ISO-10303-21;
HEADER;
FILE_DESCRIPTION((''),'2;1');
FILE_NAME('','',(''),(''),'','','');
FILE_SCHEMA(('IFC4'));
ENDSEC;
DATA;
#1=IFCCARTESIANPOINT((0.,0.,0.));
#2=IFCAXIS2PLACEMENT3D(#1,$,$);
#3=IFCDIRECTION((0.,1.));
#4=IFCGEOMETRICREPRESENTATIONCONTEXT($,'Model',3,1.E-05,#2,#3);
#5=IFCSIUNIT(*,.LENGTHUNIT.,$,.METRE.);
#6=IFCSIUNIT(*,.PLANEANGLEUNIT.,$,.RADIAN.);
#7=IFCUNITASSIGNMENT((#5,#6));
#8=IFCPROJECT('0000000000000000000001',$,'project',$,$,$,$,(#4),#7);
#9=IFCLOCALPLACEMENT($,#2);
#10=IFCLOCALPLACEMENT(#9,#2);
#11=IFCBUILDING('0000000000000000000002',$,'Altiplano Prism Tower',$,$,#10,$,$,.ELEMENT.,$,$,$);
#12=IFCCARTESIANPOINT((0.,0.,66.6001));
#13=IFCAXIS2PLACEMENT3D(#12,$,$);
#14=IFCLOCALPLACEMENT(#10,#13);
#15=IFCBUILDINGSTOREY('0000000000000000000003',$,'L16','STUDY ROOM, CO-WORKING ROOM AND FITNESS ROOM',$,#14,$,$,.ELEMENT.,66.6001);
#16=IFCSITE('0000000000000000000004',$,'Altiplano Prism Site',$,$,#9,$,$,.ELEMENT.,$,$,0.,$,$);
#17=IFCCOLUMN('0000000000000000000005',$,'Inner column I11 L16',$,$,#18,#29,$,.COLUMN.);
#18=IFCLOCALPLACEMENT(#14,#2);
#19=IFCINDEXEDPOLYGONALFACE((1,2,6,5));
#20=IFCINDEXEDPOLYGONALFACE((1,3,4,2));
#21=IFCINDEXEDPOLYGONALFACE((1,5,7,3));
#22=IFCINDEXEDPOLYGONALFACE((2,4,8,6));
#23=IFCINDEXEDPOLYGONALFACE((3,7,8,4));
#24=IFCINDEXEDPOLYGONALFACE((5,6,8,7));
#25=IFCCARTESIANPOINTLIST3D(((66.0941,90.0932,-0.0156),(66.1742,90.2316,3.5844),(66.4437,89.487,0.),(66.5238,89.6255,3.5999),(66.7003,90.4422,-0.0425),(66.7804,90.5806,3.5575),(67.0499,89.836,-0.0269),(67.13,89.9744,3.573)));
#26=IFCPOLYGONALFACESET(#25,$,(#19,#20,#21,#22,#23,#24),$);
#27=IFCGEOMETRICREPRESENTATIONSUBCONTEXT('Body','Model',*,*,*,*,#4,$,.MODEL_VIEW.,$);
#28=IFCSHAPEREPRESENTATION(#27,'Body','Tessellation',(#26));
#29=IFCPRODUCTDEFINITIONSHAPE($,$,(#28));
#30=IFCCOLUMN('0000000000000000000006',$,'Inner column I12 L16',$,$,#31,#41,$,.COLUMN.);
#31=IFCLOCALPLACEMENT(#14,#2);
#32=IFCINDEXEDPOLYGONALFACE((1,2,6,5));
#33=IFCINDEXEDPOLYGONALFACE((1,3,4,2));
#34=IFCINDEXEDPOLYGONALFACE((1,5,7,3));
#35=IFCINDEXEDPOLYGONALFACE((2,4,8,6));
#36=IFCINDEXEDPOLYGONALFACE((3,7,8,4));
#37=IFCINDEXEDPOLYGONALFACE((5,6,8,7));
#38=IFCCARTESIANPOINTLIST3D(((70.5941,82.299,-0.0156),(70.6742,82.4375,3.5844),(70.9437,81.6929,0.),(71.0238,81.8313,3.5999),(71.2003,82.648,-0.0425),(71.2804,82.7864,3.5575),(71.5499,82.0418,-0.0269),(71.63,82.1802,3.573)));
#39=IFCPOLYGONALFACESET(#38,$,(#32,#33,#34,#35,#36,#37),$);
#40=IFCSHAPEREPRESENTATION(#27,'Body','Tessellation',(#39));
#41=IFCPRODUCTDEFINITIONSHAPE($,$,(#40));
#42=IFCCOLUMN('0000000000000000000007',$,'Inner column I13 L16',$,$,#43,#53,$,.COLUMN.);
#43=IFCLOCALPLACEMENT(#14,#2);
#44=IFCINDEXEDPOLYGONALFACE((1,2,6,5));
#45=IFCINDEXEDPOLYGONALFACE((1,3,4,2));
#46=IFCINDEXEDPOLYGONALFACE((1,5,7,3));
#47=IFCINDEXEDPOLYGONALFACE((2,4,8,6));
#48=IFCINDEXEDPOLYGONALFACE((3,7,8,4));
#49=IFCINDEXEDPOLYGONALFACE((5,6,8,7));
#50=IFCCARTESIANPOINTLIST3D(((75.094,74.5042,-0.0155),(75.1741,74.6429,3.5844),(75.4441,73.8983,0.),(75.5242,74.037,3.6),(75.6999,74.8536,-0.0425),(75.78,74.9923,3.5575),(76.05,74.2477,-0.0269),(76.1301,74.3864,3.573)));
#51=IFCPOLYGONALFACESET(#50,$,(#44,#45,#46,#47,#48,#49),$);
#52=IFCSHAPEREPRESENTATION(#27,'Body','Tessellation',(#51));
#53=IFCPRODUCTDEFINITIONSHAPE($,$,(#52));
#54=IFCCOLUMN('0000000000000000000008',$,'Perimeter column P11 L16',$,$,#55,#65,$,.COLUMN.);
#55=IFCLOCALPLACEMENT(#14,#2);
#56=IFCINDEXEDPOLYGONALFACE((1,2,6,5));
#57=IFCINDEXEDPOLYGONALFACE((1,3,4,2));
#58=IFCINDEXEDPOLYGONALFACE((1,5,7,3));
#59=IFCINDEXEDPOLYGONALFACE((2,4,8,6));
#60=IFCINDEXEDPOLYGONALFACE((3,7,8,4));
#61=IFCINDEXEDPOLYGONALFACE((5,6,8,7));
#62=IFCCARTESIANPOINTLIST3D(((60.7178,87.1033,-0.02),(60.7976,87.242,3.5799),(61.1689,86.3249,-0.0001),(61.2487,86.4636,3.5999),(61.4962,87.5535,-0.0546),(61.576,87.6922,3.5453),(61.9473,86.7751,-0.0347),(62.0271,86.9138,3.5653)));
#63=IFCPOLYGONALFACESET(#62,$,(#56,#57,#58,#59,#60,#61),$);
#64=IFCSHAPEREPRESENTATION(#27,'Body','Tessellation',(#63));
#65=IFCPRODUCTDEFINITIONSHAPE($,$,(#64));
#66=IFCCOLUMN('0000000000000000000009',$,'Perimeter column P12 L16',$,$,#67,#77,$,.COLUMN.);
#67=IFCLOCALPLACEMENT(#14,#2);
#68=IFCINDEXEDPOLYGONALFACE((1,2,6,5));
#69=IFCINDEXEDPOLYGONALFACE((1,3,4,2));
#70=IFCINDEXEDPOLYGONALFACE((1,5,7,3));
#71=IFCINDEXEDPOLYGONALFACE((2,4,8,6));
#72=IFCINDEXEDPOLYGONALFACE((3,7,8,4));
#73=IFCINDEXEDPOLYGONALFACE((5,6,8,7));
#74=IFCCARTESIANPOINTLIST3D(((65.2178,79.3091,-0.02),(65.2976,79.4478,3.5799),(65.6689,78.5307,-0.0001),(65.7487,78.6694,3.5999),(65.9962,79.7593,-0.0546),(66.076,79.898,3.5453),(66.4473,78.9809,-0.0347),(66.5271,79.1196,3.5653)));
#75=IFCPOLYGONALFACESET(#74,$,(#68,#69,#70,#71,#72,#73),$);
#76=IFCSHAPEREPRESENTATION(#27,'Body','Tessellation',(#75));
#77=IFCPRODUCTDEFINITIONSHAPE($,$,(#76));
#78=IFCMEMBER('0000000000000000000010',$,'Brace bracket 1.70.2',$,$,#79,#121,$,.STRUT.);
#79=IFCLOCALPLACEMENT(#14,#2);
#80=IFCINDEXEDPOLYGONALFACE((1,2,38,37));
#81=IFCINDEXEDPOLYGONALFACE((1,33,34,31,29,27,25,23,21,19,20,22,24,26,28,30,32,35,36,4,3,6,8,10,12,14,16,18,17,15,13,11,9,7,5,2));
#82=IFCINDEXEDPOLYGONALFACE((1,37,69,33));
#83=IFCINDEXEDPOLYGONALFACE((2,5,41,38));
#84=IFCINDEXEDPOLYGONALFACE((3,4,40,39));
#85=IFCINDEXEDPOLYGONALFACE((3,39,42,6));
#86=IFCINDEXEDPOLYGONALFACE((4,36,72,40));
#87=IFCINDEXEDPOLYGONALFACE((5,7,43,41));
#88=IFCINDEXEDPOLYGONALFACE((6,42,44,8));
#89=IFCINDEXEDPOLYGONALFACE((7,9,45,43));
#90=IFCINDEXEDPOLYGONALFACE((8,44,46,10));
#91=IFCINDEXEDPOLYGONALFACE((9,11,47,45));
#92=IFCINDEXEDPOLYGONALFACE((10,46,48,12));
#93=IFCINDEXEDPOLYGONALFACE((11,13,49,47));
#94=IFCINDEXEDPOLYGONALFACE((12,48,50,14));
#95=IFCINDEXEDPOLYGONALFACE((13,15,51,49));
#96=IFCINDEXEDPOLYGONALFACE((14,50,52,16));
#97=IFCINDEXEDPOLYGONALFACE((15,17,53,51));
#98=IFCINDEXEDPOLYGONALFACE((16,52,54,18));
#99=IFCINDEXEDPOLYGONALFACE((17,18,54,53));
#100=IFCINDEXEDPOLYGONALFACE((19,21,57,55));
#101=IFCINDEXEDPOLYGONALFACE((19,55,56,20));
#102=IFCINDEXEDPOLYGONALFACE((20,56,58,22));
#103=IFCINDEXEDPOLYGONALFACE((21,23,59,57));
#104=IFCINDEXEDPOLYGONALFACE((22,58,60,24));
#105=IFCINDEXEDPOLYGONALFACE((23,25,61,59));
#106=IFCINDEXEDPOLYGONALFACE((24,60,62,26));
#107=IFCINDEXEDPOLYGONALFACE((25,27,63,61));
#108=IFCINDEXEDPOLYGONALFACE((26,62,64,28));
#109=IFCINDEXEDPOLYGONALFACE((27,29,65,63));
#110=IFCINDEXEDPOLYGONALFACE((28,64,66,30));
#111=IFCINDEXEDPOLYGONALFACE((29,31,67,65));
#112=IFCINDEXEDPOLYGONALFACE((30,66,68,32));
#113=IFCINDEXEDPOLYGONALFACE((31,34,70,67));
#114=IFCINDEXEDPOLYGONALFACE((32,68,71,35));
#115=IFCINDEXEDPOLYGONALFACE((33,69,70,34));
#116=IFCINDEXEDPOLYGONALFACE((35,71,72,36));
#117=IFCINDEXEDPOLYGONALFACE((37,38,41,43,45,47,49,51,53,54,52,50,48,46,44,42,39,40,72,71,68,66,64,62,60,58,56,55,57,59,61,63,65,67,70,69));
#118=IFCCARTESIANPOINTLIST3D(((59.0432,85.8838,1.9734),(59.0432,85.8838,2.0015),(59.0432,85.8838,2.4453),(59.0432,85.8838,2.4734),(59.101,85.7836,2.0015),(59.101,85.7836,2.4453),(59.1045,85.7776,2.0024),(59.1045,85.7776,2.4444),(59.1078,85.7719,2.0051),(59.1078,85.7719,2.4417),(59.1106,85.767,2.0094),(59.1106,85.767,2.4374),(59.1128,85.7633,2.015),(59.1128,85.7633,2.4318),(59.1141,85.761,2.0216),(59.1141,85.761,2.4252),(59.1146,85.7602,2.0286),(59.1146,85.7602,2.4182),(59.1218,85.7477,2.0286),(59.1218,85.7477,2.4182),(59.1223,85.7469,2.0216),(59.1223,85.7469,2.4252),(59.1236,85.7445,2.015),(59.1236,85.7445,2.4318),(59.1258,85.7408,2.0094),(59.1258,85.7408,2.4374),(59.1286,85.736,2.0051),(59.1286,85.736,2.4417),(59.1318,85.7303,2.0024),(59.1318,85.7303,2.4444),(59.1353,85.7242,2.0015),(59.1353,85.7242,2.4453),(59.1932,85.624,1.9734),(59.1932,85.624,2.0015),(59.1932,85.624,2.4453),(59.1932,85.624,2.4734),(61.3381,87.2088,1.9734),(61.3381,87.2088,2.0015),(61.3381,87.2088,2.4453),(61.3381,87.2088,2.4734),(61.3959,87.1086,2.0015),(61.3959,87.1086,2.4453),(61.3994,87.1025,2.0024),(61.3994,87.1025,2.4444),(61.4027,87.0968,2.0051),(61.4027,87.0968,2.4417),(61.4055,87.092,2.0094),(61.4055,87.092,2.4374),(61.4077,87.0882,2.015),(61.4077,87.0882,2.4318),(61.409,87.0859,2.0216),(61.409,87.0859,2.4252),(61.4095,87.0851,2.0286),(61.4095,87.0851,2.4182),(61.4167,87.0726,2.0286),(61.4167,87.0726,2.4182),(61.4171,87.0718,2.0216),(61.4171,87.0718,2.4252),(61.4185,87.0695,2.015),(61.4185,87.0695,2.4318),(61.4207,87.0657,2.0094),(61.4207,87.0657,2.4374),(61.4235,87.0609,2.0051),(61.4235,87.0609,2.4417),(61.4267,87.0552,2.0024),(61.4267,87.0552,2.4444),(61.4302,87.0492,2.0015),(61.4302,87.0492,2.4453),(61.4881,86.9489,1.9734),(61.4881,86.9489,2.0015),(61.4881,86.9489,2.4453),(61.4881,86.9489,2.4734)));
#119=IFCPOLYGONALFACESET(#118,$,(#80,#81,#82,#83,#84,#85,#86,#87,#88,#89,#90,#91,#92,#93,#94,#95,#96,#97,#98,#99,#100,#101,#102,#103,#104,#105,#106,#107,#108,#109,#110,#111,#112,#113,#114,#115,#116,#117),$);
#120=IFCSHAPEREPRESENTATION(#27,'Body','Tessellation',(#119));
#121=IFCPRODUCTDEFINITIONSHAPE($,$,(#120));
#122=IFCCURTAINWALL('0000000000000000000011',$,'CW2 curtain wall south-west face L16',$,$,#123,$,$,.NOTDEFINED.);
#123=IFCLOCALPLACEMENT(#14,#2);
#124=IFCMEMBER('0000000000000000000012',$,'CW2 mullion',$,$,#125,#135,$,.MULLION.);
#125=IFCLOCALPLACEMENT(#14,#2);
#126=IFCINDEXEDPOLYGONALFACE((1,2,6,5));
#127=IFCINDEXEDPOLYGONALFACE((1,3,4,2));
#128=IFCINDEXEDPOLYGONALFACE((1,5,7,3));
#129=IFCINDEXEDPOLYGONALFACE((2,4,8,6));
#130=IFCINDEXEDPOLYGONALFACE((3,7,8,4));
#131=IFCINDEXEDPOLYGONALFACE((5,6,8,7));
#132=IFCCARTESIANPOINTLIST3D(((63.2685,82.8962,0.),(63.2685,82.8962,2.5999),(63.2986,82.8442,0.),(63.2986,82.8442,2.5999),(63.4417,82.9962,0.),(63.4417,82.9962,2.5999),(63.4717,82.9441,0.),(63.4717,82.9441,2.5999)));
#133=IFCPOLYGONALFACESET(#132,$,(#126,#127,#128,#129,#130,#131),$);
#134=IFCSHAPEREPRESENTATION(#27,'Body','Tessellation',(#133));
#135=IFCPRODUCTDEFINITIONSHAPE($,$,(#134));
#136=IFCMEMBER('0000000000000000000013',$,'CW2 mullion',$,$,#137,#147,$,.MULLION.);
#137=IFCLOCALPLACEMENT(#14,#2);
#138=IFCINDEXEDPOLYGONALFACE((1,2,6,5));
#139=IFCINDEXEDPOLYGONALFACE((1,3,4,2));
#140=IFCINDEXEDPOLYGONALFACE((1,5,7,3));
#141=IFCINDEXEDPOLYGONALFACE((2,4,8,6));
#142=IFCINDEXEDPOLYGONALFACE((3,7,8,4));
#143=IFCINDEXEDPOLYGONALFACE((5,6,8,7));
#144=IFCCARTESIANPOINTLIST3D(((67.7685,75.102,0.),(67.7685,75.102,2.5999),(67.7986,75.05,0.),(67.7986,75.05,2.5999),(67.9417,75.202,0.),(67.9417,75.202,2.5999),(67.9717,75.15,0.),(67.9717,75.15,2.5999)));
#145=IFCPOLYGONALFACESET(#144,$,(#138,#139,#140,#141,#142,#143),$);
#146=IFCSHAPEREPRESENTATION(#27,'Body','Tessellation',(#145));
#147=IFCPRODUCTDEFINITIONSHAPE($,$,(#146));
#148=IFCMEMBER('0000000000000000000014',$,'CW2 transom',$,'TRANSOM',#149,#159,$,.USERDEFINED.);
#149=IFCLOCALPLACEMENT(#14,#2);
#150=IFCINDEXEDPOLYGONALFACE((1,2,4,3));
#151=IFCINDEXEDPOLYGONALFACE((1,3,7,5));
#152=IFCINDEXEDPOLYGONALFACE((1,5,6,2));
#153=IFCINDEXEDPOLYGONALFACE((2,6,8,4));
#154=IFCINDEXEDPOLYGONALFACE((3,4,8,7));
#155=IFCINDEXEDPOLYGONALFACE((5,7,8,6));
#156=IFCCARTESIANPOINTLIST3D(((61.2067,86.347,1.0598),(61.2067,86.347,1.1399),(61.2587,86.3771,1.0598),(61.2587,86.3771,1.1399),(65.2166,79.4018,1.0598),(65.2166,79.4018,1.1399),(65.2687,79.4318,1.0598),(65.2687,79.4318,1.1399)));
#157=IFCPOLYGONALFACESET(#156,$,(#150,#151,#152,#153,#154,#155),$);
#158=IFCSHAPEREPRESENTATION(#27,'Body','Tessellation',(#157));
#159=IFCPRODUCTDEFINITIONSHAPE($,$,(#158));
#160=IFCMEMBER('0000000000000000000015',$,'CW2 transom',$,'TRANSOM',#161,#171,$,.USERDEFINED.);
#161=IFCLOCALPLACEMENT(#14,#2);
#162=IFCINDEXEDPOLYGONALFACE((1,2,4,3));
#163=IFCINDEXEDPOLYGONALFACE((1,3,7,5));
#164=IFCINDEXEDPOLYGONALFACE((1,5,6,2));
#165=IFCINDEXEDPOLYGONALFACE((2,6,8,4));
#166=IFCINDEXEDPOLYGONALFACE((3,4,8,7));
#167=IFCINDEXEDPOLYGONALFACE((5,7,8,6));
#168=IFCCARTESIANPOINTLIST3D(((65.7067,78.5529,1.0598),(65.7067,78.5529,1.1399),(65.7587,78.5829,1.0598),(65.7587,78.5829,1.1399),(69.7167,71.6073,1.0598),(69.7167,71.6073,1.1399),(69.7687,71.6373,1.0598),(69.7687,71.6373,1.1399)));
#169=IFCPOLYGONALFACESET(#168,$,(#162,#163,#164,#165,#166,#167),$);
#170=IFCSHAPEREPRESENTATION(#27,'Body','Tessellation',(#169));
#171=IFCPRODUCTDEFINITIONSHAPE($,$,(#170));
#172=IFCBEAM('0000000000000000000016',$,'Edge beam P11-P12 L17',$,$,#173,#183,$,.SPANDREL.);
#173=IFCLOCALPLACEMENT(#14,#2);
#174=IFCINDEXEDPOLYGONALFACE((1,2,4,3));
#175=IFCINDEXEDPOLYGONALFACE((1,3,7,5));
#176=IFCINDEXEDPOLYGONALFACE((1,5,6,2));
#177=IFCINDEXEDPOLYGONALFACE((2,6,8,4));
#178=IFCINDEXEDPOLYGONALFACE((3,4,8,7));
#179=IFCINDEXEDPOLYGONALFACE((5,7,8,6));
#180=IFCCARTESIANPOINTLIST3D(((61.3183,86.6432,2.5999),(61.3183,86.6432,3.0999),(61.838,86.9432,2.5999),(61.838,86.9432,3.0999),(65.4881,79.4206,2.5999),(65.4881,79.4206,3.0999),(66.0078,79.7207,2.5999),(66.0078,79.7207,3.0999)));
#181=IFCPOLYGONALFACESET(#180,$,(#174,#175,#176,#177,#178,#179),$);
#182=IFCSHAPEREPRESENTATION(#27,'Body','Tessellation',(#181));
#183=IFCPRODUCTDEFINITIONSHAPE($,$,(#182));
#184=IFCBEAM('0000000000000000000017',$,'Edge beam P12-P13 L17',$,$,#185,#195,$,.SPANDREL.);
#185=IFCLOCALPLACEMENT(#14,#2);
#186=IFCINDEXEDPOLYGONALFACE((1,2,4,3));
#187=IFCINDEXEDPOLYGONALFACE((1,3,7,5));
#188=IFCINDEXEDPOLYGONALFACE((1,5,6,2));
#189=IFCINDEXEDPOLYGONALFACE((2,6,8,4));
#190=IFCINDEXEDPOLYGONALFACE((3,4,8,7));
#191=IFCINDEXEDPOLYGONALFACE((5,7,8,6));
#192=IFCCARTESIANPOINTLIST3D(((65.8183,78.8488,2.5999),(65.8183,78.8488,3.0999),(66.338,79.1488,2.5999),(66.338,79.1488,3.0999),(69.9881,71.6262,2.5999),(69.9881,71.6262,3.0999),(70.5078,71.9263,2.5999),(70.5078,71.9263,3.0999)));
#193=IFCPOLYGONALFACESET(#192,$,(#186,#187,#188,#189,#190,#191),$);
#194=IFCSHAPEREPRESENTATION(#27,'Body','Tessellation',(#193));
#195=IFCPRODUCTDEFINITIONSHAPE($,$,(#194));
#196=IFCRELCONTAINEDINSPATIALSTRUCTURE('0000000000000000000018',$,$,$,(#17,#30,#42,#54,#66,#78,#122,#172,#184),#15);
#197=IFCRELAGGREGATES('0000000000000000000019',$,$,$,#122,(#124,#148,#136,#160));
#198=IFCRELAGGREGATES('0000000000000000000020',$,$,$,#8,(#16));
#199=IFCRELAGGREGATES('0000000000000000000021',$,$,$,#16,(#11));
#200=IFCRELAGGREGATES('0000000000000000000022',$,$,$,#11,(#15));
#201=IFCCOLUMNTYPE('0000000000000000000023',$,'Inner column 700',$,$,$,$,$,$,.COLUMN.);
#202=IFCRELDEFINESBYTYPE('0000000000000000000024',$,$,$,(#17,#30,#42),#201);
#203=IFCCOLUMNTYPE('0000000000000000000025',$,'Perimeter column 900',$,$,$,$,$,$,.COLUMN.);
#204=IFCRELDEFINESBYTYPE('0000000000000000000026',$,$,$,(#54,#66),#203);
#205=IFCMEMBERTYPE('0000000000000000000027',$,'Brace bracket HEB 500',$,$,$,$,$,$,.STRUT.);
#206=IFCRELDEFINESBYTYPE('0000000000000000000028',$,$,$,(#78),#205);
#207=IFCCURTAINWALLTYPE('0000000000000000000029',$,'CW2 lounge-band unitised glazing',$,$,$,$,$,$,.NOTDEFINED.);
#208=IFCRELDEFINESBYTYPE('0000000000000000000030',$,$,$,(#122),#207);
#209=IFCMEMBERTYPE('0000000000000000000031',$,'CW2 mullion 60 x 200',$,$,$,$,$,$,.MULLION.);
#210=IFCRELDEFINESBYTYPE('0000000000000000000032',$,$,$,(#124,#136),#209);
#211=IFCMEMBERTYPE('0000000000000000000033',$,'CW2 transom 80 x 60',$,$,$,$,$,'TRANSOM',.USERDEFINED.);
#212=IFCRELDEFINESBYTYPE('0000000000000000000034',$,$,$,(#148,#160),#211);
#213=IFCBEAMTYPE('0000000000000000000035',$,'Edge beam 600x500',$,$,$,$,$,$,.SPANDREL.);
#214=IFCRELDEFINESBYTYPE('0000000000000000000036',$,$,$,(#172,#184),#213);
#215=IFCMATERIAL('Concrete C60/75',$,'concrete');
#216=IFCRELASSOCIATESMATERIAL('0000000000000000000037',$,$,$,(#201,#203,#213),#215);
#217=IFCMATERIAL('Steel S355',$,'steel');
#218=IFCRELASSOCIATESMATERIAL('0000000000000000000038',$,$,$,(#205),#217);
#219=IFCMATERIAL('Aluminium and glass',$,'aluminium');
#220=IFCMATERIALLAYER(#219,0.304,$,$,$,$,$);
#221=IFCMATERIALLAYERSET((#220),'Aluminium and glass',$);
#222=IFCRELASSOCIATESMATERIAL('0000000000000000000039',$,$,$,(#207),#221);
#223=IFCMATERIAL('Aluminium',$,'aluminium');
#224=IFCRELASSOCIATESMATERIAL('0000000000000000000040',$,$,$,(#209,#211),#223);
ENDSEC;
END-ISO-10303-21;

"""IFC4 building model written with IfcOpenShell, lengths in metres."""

from ifc_helpers import new_model, si_unit, direction, frame, origin, origin_2d, place, context, subcontext, project, spatial, rectangle, i_section, extrude, material, layer, layer_set, material_profile, profile_set, type_object, element, aggregate, save


model = new_model("IFC4")

# Units and contexts
model_context = context("Model", 3, precision=1e-05, world=origin(), true_north=direction((0.0, 1.0)))
body_context = subcontext(model_context, "Body", "Model", "MODEL_VIEW")
ifc_project = project(units=[si_unit("LENGTHUNIT", "METRE"), si_unit("PLANEANGLEUNIT", "RADIAN")], contexts=[model_context])

# Site, building, storey
site_placement = place(None, origin())
site = spatial("IfcSite", under=ifc_project, at=site_placement, Name="Altiplano Prism Site", CompositionType="ELEMENT", RefElevation=0.0)
building_placement = place(site_placement, origin())
building = spatial("IfcBuilding", under=site, at=building_placement, Name="Altiplano Prism Tower", CompositionType="ELEMENT")
storey_placement = place(building_placement, frame((0.0, 0.0, 66.6001)))
storey = spatial("IfcBuildingStorey", under=building, at=storey_placement, Name="L16", Description="STUDY ROOM, CO-WORKING ROOM AND FITNESS ROOM", CompositionType="ELEMENT", Elevation=66.6001)

# Columns
ifc_material_1 = material(Name="Concrete C60/75", Category="concrete")
ifc_material_profile_1 = material_profile(ifc_material_1, rectangle(XDim=0.7, YDim=0.7, at=origin_2d()), Name="Inner column 700")
ifc_profile_set_1 = profile_set([ifc_material_profile_1], Name="Concrete C60/75")
column_type_1 = type_object("IfcColumnType", Name="Inner column 700", PredefinedType="COLUMN", material=ifc_profile_set_1)
for number, where, z_axis, x_axis, name in (
    (1, (66.572, 89.9646, -0.0212), (0.022223, 0.038416, 0.999015), (-0.866024, -0.498523, 0.038435), "Inner column I11 L16"),
    (2, (71.072, 82.1704, -0.0212), (0.022223, 0.038416, 0.999015), (-0.866026, -0.49852, 0.038435), "Inner column I12 L16"),
    (3, (75.572, 74.376, -0.0212), (0.022223, 0.038483, 0.999012), (-0.865639, -0.499187, 0.038485), "Inner column I13 L16"),
):
    element("IfcColumn", number, at=place(storey_placement, frame(where, z_axis=z_axis, x_axis=x_axis)), inside=storey, type_object=column_type_1, Name=name, PredefinedType="COLUMN", context=body_context, shape_type="SweptSolid", body=[
        extrude(rectangle(XDim=0.7, YDim=0.7, at=origin_2d()), origin(), (0.0, 0.0, 1.0), 3.6035),
    ])
ifc_material_profile_2 = material_profile(ifc_material_1, rectangle(XDim=0.8999, YDim=0.8999, at=origin_2d()), Name="Perimeter column 900")
ifc_profile_set_2 = profile_set([ifc_material_profile_2], Name="Concrete C60/75")
column_type_2 = type_object("IfcColumnType", Name="Perimeter column 900", PredefinedType="COLUMN", material=ifc_profile_set_2)
for number, where, z_axis, x_axis, name in (
    (4, (61.3325, 86.9392, -0.0273), (0.022155, 0.038484, 0.999014), (-0.864982, -0.500327, 0.038456), "Perimeter column P11 L16"),
    (5, (65.8325, 79.145, -0.0273), (0.022155, 0.038484, 0.999014), (-0.864984, -0.500324, 0.038456), "Perimeter column P12 L16"),
):
    element("IfcColumn", number, at=place(storey_placement, frame(where, z_axis=z_axis, x_axis=x_axis)), inside=storey, type_object=column_type_2, Name=name, PredefinedType="COLUMN", context=body_context, shape_type="SweptSolid", body=[
        extrude(rectangle(XDim=0.8999, YDim=0.8999, at=origin_2d()), origin(), (0.0, 0.0, 1.0), 3.6035),
    ])

# Member
ifc_material_2 = material(Name="Steel S355", Category="steel")
ifc_material_profile_3 = material_profile(ifc_material_2, i_section(OverallWidth=0.3, OverallDepth=0.5, WebThickness=0.0144, FlangeThickness=0.0281, FilletRadius=0.0271, at=origin_2d()), Name="Brace bracket HEB 500")
ifc_profile_set_3 = profile_set([ifc_material_profile_3], Name="Steel S355")
member_type_1 = type_object("IfcMemberType", Name="Brace bracket HEB 500", PredefinedType="STRUT", material=ifc_profile_set_3)
member_1_placement = place(storey_placement, frame((61.4131, 87.0789, 2.2234), z_axis=(-0.866029, -0.499994, 0.0), x_axis=(0.499994, -0.866029, 0.0)))
element("IfcMember", 6, at=member_1_placement, inside=storey, type_object=member_type_1, Name="Brace bracket 1.70.2", PredefinedType="STRUT", context=body_context, shape_type="SweptSolid", body=[
    extrude(i_section(OverallWidth=0.3, OverallDepth=0.5, WebThickness=0.0144, FlangeThickness=0.0281, FilletRadius=0.0271, at=origin_2d()), origin(), (0.0, 0.0, 1.0), 2.6499),
])

# Curtain wall, members
ifc_material_3 = material(Name="Aluminium and glass", Category="aluminium")
ifc_layer_1 = layer(ifc_material_3, 0.304)
ifc_layer_set_1 = layer_set([ifc_layer_1], Name="Aluminium and glass")
curtain_wall_type = type_object("IfcCurtainWallType", Name="CW2 lounge-band unitised glazing", PredefinedType="NOTDEFINED", material=ifc_layer_set_1)
curtain_wall_placement = place(storey_placement, origin())
curtain_wall = element("IfcCurtainWall", 7, at=curtain_wall_placement, inside=storey, type_object=curtain_wall_type, Name="CW2 curtain wall south-west face L16", PredefinedType="NOTDEFINED")
ifc_material_4 = material(Name="Aluminium", Category="aluminium")
ifc_material_profile_4 = material_profile(ifc_material_4, rectangle(XDim=0.2, YDim=0.0601, at=origin_2d()), Name="CW2 mullion 60 x 200")
ifc_profile_set_4 = profile_set([ifc_material_profile_4], Name="Aluminium")
member_type_2 = type_object("IfcMemberType", Name="CW2 mullion 60 x 200", PredefinedType="MULLION", material=ifc_profile_set_4)
member_2_placement = place(storey_placement, frame((63.3701, 82.9202, 0.0), z_axis=(0.0, 0.0, 1.0), x_axis=(0.866025, 0.5, 0.0)))
member_2 = element("IfcMember", 8, at=member_2_placement, type_object=member_type_2, Name="CW2 mullion", PredefinedType="MULLION", context=body_context, shape_type="SweptSolid", body=[
    extrude(rectangle(XDim=0.2, YDim=0.0601, at=origin_2d()), origin(), (0.0, 0.0, 1.0), 2.5999),
])
member_3_placement = place(storey_placement, frame((67.8701, 75.126, 0.0), z_axis=(0.0, 0.0, 1.0), x_axis=(0.866025, 0.5, 0.0)))
member_3 = element("IfcMember", 9, at=member_3_placement, type_object=member_type_2, Name="CW2 mullion", PredefinedType="MULLION", context=body_context, shape_type="SweptSolid", body=[
    extrude(rectangle(XDim=0.2, YDim=0.0601, at=origin_2d()), origin(), (0.0, 0.0, 1.0), 2.5999),
])
ifc_material_profile_5 = material_profile(ifc_material_4, rectangle(XDim=0.0601, YDim=0.0801, at=origin_2d()), Name="CW2 transom 80 x 60")
ifc_profile_set_5 = profile_set([ifc_material_profile_5], Name="Aluminium")
member_type_3 = type_object("IfcMemberType", Name="CW2 transom 80 x 60", ElementType="TRANSOM", PredefinedType="USERDEFINED", material=ifc_profile_set_5)
member_4_placement = place(storey_placement, frame((61.2327, 86.3621, 1.0999), z_axis=(0.500012, -0.866018, 0.0), x_axis=(0.866018, 0.500012, 0.0)))
member_4 = element("IfcMember", 10, at=member_4_placement, type_object=member_type_3, Name="CW2 transom", ObjectType="TRANSOM", PredefinedType="USERDEFINED", context=body_context, shape_type="SweptSolid", body=[
    extrude(rectangle(XDim=0.0601, YDim=0.0801, at=origin_2d()), origin(), (0.0, 0.0, 1.0), 8.0198),
])
member_5_placement = place(storey_placement, frame((65.7327, 78.5679, 1.0999), z_axis=(0.499999, -0.866026, 0.0), x_axis=(0.866026, 0.499999, 0.0)))
member_5 = element("IfcMember", 11, at=member_5_placement, type_object=member_type_3, Name="CW2 transom", ObjectType="TRANSOM", PredefinedType="USERDEFINED", context=body_context, shape_type="SweptSolid", body=[
    extrude(rectangle(XDim=0.0601, YDim=0.0801, at=origin_2d()), origin(), (0.0, 0.0, 1.0), 8.02),
])

# Beams
ifc_material_profile_6 = material_profile(ifc_material_1, rectangle(XDim=0.6001, YDim=0.5, at=origin_2d()), Name="Edge beam 600x500")
ifc_profile_set_6 = profile_set([ifc_material_profile_6], Name="Concrete C60/75")
beam_type_1 = type_object("IfcBeamType", Name="Edge beam 600x500", PredefinedType="SPANDREL", material=ifc_profile_set_6)
for number, where, z_axis, x_axis, name in (
    (12, (61.5781, 86.7932, 2.8499), (0.499993, -0.86603, 0.0), (0.86603, 0.499993, 0.0), "Edge beam P11-P12 L17"),
    (13, (66.0781, 78.9988, 2.8499), (0.499993, -0.86603, 0.0), (0.86603, 0.499993, 0.0), "Edge beam P12-P13 L17"),
):
    element("IfcBeam", number, at=place(storey_placement, frame(where, z_axis=z_axis, x_axis=x_axis)), inside=storey, type_object=beam_type_1, Name=name, PredefinedType="SPANDREL", context=body_context, shape_type="SweptSolid", body=[
        extrude(rectangle(XDim=0.6001, YDim=0.5, at=origin_2d()), origin(), (0.0, 0.0, 1.0), 8.3398),
    ])

aggregate(curtain_wall, [member_2, member_4, member_3, member_5])

save(model, "model.ifc")
